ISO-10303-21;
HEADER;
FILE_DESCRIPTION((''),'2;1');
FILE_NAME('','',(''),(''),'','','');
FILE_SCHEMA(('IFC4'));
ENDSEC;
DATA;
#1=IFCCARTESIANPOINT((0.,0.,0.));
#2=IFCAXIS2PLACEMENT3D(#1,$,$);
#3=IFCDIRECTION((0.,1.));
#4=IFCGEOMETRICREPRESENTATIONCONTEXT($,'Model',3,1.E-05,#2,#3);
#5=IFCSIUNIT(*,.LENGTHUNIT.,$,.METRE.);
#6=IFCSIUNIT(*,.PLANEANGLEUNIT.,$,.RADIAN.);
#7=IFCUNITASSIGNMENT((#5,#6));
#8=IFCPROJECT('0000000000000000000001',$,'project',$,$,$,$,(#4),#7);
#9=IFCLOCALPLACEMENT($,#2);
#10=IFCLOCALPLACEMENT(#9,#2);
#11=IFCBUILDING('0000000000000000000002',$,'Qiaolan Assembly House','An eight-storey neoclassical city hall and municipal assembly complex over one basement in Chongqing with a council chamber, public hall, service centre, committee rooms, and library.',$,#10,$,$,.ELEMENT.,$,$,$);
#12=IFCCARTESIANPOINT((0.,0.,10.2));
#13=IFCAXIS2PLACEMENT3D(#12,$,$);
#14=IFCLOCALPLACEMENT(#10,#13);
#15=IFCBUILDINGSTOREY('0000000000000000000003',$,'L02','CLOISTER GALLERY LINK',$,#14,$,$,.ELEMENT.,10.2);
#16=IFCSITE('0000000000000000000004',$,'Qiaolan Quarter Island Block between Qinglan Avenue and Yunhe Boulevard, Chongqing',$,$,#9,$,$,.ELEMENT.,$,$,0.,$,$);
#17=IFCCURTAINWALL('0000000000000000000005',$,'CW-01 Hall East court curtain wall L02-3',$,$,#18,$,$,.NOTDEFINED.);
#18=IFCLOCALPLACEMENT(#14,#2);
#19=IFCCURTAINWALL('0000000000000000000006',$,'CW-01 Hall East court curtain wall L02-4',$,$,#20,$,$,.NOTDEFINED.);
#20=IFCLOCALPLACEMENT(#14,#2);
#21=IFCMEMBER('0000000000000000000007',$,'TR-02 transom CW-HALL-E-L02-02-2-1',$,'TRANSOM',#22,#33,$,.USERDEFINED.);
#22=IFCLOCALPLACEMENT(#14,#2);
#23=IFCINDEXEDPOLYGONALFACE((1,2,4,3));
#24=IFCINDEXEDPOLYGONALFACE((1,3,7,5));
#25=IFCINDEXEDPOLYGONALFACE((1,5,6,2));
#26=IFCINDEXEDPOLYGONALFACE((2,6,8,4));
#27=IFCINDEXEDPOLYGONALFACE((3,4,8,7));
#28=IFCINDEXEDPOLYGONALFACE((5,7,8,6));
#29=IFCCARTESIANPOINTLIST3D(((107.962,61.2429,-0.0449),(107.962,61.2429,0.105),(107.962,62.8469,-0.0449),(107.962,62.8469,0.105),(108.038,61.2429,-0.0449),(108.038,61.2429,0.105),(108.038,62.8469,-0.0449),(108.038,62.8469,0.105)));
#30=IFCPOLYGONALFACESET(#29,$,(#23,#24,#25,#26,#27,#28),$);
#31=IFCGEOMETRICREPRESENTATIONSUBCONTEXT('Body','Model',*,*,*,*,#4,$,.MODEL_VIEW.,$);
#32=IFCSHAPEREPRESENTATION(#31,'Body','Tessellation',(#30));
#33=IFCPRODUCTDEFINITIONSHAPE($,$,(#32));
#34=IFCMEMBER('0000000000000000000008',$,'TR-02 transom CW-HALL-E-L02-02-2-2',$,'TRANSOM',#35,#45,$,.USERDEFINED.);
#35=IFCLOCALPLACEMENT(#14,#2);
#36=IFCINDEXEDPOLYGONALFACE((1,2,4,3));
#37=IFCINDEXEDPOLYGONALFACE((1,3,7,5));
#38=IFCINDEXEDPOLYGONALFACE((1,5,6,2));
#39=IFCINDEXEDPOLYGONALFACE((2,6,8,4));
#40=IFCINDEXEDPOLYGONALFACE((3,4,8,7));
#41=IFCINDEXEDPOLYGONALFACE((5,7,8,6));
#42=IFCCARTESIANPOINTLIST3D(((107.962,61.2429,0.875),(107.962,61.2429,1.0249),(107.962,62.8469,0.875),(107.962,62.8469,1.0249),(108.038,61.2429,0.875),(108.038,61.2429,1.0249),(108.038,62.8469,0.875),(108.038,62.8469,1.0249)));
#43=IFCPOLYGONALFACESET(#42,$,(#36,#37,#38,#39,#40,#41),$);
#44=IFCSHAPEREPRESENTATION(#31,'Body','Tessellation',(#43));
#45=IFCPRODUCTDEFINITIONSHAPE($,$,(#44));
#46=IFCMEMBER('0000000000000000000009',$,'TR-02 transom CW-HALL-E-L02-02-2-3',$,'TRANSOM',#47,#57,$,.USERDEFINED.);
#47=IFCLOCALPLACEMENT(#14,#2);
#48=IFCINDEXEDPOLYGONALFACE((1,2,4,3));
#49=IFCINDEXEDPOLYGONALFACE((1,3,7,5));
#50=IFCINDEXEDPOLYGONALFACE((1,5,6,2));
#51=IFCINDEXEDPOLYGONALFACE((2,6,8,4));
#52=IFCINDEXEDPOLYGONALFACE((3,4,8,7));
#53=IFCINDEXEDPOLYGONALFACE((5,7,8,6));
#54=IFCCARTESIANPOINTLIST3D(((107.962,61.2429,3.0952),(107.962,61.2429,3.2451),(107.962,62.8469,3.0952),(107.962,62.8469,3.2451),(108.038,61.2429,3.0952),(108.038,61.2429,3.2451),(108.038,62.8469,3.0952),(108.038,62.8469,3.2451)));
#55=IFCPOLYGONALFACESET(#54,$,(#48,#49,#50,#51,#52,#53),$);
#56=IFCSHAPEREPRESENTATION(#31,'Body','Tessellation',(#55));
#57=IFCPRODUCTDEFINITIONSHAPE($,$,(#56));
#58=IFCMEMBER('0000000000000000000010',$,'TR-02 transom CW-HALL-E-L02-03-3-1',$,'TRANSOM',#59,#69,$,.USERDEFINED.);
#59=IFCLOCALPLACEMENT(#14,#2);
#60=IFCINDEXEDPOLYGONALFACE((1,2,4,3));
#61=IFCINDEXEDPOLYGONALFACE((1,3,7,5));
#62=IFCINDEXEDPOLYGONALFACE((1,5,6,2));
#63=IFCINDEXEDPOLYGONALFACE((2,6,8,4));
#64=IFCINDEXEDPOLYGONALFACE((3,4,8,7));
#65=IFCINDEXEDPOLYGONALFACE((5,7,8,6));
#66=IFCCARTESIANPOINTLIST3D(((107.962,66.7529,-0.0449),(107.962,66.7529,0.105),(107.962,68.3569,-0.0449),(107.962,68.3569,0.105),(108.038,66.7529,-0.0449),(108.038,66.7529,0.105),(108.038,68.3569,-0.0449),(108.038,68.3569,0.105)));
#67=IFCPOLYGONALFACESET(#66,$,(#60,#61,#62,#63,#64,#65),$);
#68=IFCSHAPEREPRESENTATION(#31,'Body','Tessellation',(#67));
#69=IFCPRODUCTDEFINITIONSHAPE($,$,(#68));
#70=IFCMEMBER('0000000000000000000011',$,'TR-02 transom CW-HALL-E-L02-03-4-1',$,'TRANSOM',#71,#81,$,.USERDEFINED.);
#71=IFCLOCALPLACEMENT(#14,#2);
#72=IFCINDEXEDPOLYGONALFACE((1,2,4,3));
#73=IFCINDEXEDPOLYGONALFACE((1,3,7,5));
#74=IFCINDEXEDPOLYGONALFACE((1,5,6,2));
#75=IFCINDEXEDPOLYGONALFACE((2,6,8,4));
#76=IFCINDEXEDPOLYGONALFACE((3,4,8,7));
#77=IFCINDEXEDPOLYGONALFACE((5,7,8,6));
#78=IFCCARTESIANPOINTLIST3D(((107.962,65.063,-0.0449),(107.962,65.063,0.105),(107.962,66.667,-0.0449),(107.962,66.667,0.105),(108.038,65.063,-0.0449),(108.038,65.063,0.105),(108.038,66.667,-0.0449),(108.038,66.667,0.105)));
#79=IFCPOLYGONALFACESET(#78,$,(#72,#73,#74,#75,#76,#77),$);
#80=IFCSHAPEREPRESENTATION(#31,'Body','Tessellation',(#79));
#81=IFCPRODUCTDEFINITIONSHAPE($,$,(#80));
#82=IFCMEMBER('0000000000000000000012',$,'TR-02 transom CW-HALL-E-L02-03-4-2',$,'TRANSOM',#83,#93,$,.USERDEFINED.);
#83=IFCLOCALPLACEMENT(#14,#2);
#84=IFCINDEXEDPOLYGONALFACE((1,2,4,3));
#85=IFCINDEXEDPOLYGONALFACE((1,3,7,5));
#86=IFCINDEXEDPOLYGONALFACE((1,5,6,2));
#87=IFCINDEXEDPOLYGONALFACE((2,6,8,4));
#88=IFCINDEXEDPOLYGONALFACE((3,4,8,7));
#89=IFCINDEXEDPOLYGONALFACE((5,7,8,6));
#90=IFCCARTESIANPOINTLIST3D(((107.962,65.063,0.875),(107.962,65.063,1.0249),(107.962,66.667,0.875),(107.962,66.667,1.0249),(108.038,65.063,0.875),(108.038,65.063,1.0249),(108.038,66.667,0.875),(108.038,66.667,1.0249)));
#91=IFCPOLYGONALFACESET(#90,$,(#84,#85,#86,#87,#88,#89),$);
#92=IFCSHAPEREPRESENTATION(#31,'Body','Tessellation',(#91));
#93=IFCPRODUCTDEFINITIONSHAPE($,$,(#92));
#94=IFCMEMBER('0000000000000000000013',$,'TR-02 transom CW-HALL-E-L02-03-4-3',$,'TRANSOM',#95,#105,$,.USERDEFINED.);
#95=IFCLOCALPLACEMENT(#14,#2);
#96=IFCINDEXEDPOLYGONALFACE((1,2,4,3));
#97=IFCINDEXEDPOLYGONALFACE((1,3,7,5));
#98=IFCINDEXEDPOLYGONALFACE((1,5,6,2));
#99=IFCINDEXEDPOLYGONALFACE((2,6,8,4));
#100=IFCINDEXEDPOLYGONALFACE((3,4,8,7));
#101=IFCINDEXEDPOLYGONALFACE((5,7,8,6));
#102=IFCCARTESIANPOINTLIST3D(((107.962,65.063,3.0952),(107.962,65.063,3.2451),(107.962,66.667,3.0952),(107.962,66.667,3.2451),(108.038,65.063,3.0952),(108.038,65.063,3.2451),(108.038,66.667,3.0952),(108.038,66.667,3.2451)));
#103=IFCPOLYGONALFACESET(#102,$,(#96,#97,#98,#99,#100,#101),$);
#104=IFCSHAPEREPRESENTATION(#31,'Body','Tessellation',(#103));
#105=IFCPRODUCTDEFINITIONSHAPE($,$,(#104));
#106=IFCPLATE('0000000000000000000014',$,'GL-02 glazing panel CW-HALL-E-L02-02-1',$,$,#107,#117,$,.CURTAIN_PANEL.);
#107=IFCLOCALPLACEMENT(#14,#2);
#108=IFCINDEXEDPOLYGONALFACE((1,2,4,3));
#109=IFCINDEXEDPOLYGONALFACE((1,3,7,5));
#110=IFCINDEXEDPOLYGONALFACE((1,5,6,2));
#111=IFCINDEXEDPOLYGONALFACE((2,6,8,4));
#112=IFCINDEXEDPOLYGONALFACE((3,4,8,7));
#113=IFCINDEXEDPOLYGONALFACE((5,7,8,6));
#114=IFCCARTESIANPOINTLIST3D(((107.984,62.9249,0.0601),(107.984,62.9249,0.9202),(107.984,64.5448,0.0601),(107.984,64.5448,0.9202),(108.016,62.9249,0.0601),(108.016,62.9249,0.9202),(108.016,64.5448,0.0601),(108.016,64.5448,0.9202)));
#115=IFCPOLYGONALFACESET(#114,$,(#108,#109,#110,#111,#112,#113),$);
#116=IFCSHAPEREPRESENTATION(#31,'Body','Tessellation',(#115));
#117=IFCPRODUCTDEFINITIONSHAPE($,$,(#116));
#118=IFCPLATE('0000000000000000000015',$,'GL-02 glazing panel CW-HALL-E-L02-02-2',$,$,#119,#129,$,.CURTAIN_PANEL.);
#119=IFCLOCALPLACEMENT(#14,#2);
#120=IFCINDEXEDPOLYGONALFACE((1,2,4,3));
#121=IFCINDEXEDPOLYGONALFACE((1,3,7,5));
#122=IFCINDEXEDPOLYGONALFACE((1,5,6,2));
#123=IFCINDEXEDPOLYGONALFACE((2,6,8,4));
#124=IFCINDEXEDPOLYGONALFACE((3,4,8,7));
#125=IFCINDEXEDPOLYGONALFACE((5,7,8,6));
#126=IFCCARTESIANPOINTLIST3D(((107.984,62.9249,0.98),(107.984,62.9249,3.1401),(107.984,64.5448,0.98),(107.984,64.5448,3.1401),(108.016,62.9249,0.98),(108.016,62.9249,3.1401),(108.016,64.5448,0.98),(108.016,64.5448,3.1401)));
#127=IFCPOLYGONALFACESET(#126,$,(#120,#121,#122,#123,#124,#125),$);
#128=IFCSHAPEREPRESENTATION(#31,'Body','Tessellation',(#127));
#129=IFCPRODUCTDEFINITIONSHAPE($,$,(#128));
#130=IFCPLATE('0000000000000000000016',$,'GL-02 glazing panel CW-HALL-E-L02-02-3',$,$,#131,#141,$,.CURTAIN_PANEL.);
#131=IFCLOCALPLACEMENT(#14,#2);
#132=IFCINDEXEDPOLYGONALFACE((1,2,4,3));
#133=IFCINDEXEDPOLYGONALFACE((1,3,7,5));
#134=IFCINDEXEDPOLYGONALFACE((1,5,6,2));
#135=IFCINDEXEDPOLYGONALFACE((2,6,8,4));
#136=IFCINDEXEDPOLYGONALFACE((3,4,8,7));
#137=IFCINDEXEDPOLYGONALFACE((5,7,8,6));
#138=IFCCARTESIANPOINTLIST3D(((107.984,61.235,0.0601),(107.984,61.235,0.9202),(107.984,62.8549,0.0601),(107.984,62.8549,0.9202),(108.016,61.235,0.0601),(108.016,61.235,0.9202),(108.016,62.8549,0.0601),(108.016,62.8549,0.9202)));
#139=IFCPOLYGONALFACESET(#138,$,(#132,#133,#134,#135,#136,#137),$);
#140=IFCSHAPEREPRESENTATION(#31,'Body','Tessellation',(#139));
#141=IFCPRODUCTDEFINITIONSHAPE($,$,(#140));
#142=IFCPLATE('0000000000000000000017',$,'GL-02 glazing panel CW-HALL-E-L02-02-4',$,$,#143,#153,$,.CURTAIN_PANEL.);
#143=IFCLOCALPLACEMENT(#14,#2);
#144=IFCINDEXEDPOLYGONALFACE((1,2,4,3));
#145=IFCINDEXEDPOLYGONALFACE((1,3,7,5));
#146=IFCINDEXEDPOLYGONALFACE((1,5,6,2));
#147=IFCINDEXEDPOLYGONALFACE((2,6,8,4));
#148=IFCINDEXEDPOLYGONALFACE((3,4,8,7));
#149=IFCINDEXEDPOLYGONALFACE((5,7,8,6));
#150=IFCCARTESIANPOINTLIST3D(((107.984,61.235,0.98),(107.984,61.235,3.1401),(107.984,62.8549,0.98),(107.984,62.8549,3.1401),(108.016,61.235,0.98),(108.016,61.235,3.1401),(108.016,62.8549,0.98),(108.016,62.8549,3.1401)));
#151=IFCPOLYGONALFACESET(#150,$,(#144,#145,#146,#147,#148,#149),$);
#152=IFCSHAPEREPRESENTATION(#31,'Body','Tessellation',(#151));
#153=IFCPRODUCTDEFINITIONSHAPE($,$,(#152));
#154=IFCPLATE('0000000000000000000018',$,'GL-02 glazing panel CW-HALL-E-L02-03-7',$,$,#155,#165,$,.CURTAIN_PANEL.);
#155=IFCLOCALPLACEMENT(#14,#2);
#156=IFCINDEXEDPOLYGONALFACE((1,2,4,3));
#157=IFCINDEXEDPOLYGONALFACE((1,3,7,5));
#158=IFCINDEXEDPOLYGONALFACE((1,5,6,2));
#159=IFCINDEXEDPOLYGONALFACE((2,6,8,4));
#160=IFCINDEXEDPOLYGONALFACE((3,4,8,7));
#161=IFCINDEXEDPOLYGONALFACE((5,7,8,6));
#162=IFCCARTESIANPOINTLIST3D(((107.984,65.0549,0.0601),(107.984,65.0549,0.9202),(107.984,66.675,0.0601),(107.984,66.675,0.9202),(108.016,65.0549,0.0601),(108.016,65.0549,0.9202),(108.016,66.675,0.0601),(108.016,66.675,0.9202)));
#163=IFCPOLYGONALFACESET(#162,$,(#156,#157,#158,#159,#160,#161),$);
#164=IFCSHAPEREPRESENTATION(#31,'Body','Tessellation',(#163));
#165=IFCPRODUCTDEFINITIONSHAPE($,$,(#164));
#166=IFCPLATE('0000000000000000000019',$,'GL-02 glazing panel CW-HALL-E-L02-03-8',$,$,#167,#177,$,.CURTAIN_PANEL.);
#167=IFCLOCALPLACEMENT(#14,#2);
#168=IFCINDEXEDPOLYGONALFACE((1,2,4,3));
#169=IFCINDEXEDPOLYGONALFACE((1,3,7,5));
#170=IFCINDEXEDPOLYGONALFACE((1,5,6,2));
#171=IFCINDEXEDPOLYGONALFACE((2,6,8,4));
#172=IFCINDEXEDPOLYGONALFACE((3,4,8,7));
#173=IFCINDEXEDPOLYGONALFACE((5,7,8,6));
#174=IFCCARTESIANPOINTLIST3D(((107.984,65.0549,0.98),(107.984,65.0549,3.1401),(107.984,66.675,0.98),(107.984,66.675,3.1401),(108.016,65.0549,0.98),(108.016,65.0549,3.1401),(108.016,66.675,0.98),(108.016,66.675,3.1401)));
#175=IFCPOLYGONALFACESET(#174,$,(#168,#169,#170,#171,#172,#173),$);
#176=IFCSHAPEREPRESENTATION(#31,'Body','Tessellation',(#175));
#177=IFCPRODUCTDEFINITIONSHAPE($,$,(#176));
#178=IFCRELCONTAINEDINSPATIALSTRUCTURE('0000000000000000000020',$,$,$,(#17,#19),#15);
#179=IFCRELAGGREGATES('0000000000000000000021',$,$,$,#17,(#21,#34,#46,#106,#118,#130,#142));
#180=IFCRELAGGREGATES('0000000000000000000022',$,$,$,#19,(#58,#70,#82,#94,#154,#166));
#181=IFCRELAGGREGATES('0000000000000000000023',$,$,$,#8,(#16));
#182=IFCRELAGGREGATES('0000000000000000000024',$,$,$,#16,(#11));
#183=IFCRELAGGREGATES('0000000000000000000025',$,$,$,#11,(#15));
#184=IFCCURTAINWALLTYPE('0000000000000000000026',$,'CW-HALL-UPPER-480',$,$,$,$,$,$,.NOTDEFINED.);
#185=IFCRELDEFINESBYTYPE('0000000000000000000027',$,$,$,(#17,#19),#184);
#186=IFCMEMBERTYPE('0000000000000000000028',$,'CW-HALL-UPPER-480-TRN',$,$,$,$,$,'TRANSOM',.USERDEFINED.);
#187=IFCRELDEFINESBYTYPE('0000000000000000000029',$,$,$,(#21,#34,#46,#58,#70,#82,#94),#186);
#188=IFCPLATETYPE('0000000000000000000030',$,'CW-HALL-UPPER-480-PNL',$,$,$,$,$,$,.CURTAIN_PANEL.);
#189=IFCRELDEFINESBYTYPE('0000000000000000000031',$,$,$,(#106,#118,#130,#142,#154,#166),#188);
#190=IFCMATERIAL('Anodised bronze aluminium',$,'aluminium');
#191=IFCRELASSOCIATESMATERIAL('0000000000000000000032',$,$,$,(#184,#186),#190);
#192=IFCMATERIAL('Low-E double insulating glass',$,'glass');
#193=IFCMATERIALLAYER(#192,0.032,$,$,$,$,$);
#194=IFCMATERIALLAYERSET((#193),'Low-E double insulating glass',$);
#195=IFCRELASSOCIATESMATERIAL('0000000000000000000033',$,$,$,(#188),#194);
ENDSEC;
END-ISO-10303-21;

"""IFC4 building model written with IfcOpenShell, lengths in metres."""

from ifc_helpers import new_model, si_unit, direction, frame, frame_2d, origin, origin_2d, place, context, subcontext, project, spatial, rectangle, extrude, material, layer, layer_set, material_profile, profile_set, type_object, element, aggregate, save


model = new_model("IFC4")

# Units and contexts
model_context = context("Model", 3, precision=1e-05, world=origin(), true_north=direction((0.0, 1.0)))
body_context = subcontext(model_context, "Body", "Model", "MODEL_VIEW")
ifc_project = project(units=[si_unit("LENGTHUNIT", "METRE"), si_unit("PLANEANGLEUNIT", "RADIAN")], contexts=[model_context])

# Site, building, storey
site_placement = place(None, origin())
site = spatial("IfcSite", under=ifc_project, at=site_placement, Name="Qiaolan Quarter Island Block between Qinglan Avenue and Yunhe Boulevard, Chongqing", CompositionType="ELEMENT", RefElevation=0.0)
building_placement = place(site_placement, origin())
building = spatial("IfcBuilding", under=site, at=building_placement, Name="Qiaolan Assembly House", Description="An eight-storey neoclassical city hall and municipal assembly complex over one basement in Chongqing with a council chamber, public hall, service centre, committee rooms, and library.", CompositionType="ELEMENT")
storey_placement = place(building_placement, frame((0.0, 0.0, 10.2)))
storey = spatial("IfcBuildingStorey", under=building, at=storey_placement, Name="L02", Description="CLOISTER GALLERY LINK", CompositionType="ELEMENT", Elevation=10.2)

# Curtain walls
ifc_material_1 = material(Name="Anodised bronze aluminium", Category="aluminium")
curtain_wall_type = type_object("IfcCurtainWallType", Name="CW-HALL-UPPER-480", PredefinedType="NOTDEFINED", material=ifc_material_1)
curtain_wall_1_placement = place(storey_placement, origin())
curtain_wall_1 = element("IfcCurtainWall", 1, at=curtain_wall_1_placement, inside=storey, type_object=curtain_wall_type, Name="CW-01 Hall East court curtain wall L02-3", PredefinedType="NOTDEFINED")
curtain_wall_2_placement = place(storey_placement, origin())
curtain_wall_2 = element("IfcCurtainWall", 2, at=curtain_wall_2_placement, inside=storey, type_object=curtain_wall_type, Name="CW-01 Hall East court curtain wall L02-4", PredefinedType="NOTDEFINED")

# Members
ifc_material_profile_1 = material_profile(ifc_material_1, rectangle(XDim=0.0759, YDim=0.1499, at=origin_2d()), Name="TRN 76x150")
ifc_profile_set_1 = profile_set([ifc_material_profile_1], Name="Anodised bronze aluminium")
member_type_1 = type_object("IfcMemberType", Name="CW-HALL-UPPER-480-TRN", ElementType="TRANSOM", PredefinedType="USERDEFINED", material=ifc_profile_set_1)
member_1_placement = place(storey_placement, frame((108.0, 62.8469, 0.03), z_axis=(0.0, -1.0, 0.0), x_axis=(1.0, 0.0, 0.0)))
member_1 = element("IfcMember", 3, at=member_1_placement, type_object=member_type_1, Name="TR-02 transom CW-HALL-E-L02-02-2-1", ObjectType="TRANSOM", PredefinedType="USERDEFINED", context=body_context, shape_type="SweptSolid", body=[
    extrude(rectangle(XDim=0.0759, YDim=0.1499, at=origin_2d()), origin(), (0.0, 0.0, 1.0), 1.604),
])
member_2_placement = place(storey_placement, frame((108.0, 62.8469, 0.95), z_axis=(0.0, -1.0, 0.0), x_axis=(1.0, 0.0, 0.0)))
member_2 = element("IfcMember", 4, at=member_2_placement, type_object=member_type_1, Name="TR-02 transom CW-HALL-E-L02-02-2-2", ObjectType="TRANSOM", PredefinedType="USERDEFINED", context=body_context, shape_type="SweptSolid", body=[
    extrude(rectangle(XDim=0.0759, YDim=0.1499, at=origin_2d()), origin(), (0.0, 0.0, 1.0), 1.604),
])
member_3_placement = place(storey_placement, frame((108.0, 62.8469, 3.1702), z_axis=(0.0, -1.0, 0.0), x_axis=(1.0, 0.0, 0.0)))
member_3 = element("IfcMember", 5, at=member_3_placement, type_object=member_type_1, Name="TR-02 transom CW-HALL-E-L02-02-2-3", ObjectType="TRANSOM", PredefinedType="USERDEFINED", context=body_context, shape_type="SweptSolid", body=[
    extrude(rectangle(XDim=0.0759, YDim=0.1499, at=origin_2d()), origin(), (0.0, 0.0, 1.0), 1.604),
])
member_4_placement = place(storey_placement, frame((108.0, 68.3569, 0.03), z_axis=(0.0, -1.0, 0.0), x_axis=(1.0, 0.0, 0.0)))
member_4 = element("IfcMember", 6, at=member_4_placement, type_object=member_type_1, Name="TR-02 transom CW-HALL-E-L02-03-3-1", ObjectType="TRANSOM", PredefinedType="USERDEFINED", context=body_context, shape_type="SweptSolid", body=[
    extrude(rectangle(XDim=0.0759, YDim=0.1499, at=origin_2d()), origin(), (0.0, 0.0, 1.0), 1.604),
])
member_5_placement = place(storey_placement, frame((108.0, 66.667, 0.03), z_axis=(0.0, -1.0, 0.0), x_axis=(1.0, 0.0, 0.0)))
member_5 = element("IfcMember", 7, at=member_5_placement, type_object=member_type_1, Name="TR-02 transom CW-HALL-E-L02-03-4-1", ObjectType="TRANSOM", PredefinedType="USERDEFINED", context=body_context, shape_type="SweptSolid", body=[
    extrude(rectangle(XDim=0.0759, YDim=0.1499, at=origin_2d()), origin(), (0.0, 0.0, 1.0), 1.604),
])
member_6_placement = place(storey_placement, frame((108.0, 66.667, 0.95), z_axis=(0.0, -1.0, 0.0), x_axis=(1.0, 0.0, 0.0)))
member_6 = element("IfcMember", 8, at=member_6_placement, type_object=member_type_1, Name="TR-02 transom CW-HALL-E-L02-03-4-2", ObjectType="TRANSOM", PredefinedType="USERDEFINED", context=body_context, shape_type="SweptSolid", body=[
    extrude(rectangle(XDim=0.0759, YDim=0.1499, at=origin_2d()), origin(), (0.0, 0.0, 1.0), 1.604),
])
member_7_placement = place(storey_placement, frame((108.0, 66.667, 3.1702), z_axis=(0.0, -1.0, 0.0), x_axis=(1.0, 0.0, 0.0)))
member_7 = element("IfcMember", 9, at=member_7_placement, type_object=member_type_1, Name="TR-02 transom CW-HALL-E-L02-03-4-3", ObjectType="TRANSOM", PredefinedType="USERDEFINED", context=body_context, shape_type="SweptSolid", body=[
    extrude(rectangle(XDim=0.0759, YDim=0.1499, at=origin_2d()), origin(), (0.0, 0.0, 1.0), 1.604),
])

# Plates
ifc_material_2 = material(Name="Low-E double insulating glass", Category="glass")
ifc_layer = layer(ifc_material_2, 0.032)
ifc_layer_set = layer_set([ifc_layer], Name="Low-E double insulating glass")
plate_type = type_object("IfcPlateType", Name="CW-HALL-UPPER-480-PNL", PredefinedType="CURTAIN_PANEL", material=ifc_layer_set)
plate_1_placement = place(storey_placement, frame((108.0, 64.5449, 0.0601), z_axis=(0.0, 0.0, 1.0), x_axis=(0.0, -1.0, 0.0)))
plate_1 = element("IfcPlate", 10, at=plate_1_placement, type_object=plate_type, Name="GL-02 glazing panel CW-HALL-E-L02-02-1", PredefinedType="CURTAIN_PANEL", context=body_context, shape_type="SweptSolid", body=[
    extrude(rectangle(XDim=1.6199, YDim=0.032, at=frame_2d((0.8101, 0.0))), origin(), (0.0, 0.0, 1.0), 0.8601),
])
plate_2_placement = place(storey_placement, frame((108.0, 64.5449, 0.98), z_axis=(0.0, 0.0, 1.0), x_axis=(0.0, -1.0, 0.0)))
plate_2 = element("IfcPlate", 11, at=plate_2_placement, type_object=plate_type, Name="GL-02 glazing panel CW-HALL-E-L02-02-2", PredefinedType="CURTAIN_PANEL", context=body_context, shape_type="SweptSolid", body=[
    extrude(rectangle(XDim=1.6199, YDim=0.032, at=frame_2d((0.8101, 0.0))), origin(), (0.0, 0.0, 1.0), 2.1602),
])
plate_3_placement = place(storey_placement, frame((108.0, 62.855, 0.0601), z_axis=(0.0, 0.0, 1.0), x_axis=(0.0, -1.0, 0.0)))
plate_3 = element("IfcPlate", 12, at=plate_3_placement, type_object=plate_type, Name="GL-02 glazing panel CW-HALL-E-L02-02-3", PredefinedType="CURTAIN_PANEL", context=body_context, shape_type="SweptSolid", body=[
    extrude(rectangle(XDim=1.6199, YDim=0.032, at=frame_2d((0.8101, 0.0))), origin(), (0.0, 0.0, 1.0), 0.8601),
])
plate_4_placement = place(storey_placement, frame((108.0, 62.855, 0.98), z_axis=(0.0, 0.0, 1.0), x_axis=(0.0, -1.0, 0.0)))
plate_4 = element("IfcPlate", 13, at=plate_4_placement, type_object=plate_type, Name="GL-02 glazing panel CW-HALL-E-L02-02-4", PredefinedType="CURTAIN_PANEL", context=body_context, shape_type="SweptSolid", body=[
    extrude(rectangle(XDim=1.6199, YDim=0.032, at=frame_2d((0.8101, 0.0))), origin(), (0.0, 0.0, 1.0), 2.1602),
])
aggregate(curtain_wall_1, [member_1, member_2, member_3, plate_1, plate_2, plate_3, plate_4])
plate_5_placement = place(storey_placement, frame((108.0, 66.675, 0.0601), z_axis=(0.0, 0.0, 1.0), x_axis=(0.0, -1.0, 0.0)))
plate_5 = element("IfcPlate", 14, at=plate_5_placement, type_object=plate_type, Name="GL-02 glazing panel CW-HALL-E-L02-03-7", PredefinedType="CURTAIN_PANEL", context=body_context, shape_type="SweptSolid", body=[
    extrude(rectangle(XDim=1.6201, YDim=0.032, at=frame_2d((0.8101, 0.0))), origin(), (0.0, 0.0, 1.0), 0.8601),
])
plate_6_placement = place(storey_placement, frame((108.0, 66.675, 0.98), z_axis=(0.0, 0.0, 1.0), x_axis=(0.0, -1.0, 0.0)))
plate_6 = element("IfcPlate", 15, at=plate_6_placement, type_object=plate_type, Name="GL-02 glazing panel CW-HALL-E-L02-03-8", PredefinedType="CURTAIN_PANEL", context=body_context, shape_type="SweptSolid", body=[
    extrude(rectangle(XDim=1.6201, YDim=0.032, at=frame_2d((0.8101, 0.0))), origin(), (0.0, 0.0, 1.0), 2.1602),
])
aggregate(curtain_wall_2, [member_4, member_5, member_6, member_7, plate_5, plate_6])

save(model, "model.ifc")
